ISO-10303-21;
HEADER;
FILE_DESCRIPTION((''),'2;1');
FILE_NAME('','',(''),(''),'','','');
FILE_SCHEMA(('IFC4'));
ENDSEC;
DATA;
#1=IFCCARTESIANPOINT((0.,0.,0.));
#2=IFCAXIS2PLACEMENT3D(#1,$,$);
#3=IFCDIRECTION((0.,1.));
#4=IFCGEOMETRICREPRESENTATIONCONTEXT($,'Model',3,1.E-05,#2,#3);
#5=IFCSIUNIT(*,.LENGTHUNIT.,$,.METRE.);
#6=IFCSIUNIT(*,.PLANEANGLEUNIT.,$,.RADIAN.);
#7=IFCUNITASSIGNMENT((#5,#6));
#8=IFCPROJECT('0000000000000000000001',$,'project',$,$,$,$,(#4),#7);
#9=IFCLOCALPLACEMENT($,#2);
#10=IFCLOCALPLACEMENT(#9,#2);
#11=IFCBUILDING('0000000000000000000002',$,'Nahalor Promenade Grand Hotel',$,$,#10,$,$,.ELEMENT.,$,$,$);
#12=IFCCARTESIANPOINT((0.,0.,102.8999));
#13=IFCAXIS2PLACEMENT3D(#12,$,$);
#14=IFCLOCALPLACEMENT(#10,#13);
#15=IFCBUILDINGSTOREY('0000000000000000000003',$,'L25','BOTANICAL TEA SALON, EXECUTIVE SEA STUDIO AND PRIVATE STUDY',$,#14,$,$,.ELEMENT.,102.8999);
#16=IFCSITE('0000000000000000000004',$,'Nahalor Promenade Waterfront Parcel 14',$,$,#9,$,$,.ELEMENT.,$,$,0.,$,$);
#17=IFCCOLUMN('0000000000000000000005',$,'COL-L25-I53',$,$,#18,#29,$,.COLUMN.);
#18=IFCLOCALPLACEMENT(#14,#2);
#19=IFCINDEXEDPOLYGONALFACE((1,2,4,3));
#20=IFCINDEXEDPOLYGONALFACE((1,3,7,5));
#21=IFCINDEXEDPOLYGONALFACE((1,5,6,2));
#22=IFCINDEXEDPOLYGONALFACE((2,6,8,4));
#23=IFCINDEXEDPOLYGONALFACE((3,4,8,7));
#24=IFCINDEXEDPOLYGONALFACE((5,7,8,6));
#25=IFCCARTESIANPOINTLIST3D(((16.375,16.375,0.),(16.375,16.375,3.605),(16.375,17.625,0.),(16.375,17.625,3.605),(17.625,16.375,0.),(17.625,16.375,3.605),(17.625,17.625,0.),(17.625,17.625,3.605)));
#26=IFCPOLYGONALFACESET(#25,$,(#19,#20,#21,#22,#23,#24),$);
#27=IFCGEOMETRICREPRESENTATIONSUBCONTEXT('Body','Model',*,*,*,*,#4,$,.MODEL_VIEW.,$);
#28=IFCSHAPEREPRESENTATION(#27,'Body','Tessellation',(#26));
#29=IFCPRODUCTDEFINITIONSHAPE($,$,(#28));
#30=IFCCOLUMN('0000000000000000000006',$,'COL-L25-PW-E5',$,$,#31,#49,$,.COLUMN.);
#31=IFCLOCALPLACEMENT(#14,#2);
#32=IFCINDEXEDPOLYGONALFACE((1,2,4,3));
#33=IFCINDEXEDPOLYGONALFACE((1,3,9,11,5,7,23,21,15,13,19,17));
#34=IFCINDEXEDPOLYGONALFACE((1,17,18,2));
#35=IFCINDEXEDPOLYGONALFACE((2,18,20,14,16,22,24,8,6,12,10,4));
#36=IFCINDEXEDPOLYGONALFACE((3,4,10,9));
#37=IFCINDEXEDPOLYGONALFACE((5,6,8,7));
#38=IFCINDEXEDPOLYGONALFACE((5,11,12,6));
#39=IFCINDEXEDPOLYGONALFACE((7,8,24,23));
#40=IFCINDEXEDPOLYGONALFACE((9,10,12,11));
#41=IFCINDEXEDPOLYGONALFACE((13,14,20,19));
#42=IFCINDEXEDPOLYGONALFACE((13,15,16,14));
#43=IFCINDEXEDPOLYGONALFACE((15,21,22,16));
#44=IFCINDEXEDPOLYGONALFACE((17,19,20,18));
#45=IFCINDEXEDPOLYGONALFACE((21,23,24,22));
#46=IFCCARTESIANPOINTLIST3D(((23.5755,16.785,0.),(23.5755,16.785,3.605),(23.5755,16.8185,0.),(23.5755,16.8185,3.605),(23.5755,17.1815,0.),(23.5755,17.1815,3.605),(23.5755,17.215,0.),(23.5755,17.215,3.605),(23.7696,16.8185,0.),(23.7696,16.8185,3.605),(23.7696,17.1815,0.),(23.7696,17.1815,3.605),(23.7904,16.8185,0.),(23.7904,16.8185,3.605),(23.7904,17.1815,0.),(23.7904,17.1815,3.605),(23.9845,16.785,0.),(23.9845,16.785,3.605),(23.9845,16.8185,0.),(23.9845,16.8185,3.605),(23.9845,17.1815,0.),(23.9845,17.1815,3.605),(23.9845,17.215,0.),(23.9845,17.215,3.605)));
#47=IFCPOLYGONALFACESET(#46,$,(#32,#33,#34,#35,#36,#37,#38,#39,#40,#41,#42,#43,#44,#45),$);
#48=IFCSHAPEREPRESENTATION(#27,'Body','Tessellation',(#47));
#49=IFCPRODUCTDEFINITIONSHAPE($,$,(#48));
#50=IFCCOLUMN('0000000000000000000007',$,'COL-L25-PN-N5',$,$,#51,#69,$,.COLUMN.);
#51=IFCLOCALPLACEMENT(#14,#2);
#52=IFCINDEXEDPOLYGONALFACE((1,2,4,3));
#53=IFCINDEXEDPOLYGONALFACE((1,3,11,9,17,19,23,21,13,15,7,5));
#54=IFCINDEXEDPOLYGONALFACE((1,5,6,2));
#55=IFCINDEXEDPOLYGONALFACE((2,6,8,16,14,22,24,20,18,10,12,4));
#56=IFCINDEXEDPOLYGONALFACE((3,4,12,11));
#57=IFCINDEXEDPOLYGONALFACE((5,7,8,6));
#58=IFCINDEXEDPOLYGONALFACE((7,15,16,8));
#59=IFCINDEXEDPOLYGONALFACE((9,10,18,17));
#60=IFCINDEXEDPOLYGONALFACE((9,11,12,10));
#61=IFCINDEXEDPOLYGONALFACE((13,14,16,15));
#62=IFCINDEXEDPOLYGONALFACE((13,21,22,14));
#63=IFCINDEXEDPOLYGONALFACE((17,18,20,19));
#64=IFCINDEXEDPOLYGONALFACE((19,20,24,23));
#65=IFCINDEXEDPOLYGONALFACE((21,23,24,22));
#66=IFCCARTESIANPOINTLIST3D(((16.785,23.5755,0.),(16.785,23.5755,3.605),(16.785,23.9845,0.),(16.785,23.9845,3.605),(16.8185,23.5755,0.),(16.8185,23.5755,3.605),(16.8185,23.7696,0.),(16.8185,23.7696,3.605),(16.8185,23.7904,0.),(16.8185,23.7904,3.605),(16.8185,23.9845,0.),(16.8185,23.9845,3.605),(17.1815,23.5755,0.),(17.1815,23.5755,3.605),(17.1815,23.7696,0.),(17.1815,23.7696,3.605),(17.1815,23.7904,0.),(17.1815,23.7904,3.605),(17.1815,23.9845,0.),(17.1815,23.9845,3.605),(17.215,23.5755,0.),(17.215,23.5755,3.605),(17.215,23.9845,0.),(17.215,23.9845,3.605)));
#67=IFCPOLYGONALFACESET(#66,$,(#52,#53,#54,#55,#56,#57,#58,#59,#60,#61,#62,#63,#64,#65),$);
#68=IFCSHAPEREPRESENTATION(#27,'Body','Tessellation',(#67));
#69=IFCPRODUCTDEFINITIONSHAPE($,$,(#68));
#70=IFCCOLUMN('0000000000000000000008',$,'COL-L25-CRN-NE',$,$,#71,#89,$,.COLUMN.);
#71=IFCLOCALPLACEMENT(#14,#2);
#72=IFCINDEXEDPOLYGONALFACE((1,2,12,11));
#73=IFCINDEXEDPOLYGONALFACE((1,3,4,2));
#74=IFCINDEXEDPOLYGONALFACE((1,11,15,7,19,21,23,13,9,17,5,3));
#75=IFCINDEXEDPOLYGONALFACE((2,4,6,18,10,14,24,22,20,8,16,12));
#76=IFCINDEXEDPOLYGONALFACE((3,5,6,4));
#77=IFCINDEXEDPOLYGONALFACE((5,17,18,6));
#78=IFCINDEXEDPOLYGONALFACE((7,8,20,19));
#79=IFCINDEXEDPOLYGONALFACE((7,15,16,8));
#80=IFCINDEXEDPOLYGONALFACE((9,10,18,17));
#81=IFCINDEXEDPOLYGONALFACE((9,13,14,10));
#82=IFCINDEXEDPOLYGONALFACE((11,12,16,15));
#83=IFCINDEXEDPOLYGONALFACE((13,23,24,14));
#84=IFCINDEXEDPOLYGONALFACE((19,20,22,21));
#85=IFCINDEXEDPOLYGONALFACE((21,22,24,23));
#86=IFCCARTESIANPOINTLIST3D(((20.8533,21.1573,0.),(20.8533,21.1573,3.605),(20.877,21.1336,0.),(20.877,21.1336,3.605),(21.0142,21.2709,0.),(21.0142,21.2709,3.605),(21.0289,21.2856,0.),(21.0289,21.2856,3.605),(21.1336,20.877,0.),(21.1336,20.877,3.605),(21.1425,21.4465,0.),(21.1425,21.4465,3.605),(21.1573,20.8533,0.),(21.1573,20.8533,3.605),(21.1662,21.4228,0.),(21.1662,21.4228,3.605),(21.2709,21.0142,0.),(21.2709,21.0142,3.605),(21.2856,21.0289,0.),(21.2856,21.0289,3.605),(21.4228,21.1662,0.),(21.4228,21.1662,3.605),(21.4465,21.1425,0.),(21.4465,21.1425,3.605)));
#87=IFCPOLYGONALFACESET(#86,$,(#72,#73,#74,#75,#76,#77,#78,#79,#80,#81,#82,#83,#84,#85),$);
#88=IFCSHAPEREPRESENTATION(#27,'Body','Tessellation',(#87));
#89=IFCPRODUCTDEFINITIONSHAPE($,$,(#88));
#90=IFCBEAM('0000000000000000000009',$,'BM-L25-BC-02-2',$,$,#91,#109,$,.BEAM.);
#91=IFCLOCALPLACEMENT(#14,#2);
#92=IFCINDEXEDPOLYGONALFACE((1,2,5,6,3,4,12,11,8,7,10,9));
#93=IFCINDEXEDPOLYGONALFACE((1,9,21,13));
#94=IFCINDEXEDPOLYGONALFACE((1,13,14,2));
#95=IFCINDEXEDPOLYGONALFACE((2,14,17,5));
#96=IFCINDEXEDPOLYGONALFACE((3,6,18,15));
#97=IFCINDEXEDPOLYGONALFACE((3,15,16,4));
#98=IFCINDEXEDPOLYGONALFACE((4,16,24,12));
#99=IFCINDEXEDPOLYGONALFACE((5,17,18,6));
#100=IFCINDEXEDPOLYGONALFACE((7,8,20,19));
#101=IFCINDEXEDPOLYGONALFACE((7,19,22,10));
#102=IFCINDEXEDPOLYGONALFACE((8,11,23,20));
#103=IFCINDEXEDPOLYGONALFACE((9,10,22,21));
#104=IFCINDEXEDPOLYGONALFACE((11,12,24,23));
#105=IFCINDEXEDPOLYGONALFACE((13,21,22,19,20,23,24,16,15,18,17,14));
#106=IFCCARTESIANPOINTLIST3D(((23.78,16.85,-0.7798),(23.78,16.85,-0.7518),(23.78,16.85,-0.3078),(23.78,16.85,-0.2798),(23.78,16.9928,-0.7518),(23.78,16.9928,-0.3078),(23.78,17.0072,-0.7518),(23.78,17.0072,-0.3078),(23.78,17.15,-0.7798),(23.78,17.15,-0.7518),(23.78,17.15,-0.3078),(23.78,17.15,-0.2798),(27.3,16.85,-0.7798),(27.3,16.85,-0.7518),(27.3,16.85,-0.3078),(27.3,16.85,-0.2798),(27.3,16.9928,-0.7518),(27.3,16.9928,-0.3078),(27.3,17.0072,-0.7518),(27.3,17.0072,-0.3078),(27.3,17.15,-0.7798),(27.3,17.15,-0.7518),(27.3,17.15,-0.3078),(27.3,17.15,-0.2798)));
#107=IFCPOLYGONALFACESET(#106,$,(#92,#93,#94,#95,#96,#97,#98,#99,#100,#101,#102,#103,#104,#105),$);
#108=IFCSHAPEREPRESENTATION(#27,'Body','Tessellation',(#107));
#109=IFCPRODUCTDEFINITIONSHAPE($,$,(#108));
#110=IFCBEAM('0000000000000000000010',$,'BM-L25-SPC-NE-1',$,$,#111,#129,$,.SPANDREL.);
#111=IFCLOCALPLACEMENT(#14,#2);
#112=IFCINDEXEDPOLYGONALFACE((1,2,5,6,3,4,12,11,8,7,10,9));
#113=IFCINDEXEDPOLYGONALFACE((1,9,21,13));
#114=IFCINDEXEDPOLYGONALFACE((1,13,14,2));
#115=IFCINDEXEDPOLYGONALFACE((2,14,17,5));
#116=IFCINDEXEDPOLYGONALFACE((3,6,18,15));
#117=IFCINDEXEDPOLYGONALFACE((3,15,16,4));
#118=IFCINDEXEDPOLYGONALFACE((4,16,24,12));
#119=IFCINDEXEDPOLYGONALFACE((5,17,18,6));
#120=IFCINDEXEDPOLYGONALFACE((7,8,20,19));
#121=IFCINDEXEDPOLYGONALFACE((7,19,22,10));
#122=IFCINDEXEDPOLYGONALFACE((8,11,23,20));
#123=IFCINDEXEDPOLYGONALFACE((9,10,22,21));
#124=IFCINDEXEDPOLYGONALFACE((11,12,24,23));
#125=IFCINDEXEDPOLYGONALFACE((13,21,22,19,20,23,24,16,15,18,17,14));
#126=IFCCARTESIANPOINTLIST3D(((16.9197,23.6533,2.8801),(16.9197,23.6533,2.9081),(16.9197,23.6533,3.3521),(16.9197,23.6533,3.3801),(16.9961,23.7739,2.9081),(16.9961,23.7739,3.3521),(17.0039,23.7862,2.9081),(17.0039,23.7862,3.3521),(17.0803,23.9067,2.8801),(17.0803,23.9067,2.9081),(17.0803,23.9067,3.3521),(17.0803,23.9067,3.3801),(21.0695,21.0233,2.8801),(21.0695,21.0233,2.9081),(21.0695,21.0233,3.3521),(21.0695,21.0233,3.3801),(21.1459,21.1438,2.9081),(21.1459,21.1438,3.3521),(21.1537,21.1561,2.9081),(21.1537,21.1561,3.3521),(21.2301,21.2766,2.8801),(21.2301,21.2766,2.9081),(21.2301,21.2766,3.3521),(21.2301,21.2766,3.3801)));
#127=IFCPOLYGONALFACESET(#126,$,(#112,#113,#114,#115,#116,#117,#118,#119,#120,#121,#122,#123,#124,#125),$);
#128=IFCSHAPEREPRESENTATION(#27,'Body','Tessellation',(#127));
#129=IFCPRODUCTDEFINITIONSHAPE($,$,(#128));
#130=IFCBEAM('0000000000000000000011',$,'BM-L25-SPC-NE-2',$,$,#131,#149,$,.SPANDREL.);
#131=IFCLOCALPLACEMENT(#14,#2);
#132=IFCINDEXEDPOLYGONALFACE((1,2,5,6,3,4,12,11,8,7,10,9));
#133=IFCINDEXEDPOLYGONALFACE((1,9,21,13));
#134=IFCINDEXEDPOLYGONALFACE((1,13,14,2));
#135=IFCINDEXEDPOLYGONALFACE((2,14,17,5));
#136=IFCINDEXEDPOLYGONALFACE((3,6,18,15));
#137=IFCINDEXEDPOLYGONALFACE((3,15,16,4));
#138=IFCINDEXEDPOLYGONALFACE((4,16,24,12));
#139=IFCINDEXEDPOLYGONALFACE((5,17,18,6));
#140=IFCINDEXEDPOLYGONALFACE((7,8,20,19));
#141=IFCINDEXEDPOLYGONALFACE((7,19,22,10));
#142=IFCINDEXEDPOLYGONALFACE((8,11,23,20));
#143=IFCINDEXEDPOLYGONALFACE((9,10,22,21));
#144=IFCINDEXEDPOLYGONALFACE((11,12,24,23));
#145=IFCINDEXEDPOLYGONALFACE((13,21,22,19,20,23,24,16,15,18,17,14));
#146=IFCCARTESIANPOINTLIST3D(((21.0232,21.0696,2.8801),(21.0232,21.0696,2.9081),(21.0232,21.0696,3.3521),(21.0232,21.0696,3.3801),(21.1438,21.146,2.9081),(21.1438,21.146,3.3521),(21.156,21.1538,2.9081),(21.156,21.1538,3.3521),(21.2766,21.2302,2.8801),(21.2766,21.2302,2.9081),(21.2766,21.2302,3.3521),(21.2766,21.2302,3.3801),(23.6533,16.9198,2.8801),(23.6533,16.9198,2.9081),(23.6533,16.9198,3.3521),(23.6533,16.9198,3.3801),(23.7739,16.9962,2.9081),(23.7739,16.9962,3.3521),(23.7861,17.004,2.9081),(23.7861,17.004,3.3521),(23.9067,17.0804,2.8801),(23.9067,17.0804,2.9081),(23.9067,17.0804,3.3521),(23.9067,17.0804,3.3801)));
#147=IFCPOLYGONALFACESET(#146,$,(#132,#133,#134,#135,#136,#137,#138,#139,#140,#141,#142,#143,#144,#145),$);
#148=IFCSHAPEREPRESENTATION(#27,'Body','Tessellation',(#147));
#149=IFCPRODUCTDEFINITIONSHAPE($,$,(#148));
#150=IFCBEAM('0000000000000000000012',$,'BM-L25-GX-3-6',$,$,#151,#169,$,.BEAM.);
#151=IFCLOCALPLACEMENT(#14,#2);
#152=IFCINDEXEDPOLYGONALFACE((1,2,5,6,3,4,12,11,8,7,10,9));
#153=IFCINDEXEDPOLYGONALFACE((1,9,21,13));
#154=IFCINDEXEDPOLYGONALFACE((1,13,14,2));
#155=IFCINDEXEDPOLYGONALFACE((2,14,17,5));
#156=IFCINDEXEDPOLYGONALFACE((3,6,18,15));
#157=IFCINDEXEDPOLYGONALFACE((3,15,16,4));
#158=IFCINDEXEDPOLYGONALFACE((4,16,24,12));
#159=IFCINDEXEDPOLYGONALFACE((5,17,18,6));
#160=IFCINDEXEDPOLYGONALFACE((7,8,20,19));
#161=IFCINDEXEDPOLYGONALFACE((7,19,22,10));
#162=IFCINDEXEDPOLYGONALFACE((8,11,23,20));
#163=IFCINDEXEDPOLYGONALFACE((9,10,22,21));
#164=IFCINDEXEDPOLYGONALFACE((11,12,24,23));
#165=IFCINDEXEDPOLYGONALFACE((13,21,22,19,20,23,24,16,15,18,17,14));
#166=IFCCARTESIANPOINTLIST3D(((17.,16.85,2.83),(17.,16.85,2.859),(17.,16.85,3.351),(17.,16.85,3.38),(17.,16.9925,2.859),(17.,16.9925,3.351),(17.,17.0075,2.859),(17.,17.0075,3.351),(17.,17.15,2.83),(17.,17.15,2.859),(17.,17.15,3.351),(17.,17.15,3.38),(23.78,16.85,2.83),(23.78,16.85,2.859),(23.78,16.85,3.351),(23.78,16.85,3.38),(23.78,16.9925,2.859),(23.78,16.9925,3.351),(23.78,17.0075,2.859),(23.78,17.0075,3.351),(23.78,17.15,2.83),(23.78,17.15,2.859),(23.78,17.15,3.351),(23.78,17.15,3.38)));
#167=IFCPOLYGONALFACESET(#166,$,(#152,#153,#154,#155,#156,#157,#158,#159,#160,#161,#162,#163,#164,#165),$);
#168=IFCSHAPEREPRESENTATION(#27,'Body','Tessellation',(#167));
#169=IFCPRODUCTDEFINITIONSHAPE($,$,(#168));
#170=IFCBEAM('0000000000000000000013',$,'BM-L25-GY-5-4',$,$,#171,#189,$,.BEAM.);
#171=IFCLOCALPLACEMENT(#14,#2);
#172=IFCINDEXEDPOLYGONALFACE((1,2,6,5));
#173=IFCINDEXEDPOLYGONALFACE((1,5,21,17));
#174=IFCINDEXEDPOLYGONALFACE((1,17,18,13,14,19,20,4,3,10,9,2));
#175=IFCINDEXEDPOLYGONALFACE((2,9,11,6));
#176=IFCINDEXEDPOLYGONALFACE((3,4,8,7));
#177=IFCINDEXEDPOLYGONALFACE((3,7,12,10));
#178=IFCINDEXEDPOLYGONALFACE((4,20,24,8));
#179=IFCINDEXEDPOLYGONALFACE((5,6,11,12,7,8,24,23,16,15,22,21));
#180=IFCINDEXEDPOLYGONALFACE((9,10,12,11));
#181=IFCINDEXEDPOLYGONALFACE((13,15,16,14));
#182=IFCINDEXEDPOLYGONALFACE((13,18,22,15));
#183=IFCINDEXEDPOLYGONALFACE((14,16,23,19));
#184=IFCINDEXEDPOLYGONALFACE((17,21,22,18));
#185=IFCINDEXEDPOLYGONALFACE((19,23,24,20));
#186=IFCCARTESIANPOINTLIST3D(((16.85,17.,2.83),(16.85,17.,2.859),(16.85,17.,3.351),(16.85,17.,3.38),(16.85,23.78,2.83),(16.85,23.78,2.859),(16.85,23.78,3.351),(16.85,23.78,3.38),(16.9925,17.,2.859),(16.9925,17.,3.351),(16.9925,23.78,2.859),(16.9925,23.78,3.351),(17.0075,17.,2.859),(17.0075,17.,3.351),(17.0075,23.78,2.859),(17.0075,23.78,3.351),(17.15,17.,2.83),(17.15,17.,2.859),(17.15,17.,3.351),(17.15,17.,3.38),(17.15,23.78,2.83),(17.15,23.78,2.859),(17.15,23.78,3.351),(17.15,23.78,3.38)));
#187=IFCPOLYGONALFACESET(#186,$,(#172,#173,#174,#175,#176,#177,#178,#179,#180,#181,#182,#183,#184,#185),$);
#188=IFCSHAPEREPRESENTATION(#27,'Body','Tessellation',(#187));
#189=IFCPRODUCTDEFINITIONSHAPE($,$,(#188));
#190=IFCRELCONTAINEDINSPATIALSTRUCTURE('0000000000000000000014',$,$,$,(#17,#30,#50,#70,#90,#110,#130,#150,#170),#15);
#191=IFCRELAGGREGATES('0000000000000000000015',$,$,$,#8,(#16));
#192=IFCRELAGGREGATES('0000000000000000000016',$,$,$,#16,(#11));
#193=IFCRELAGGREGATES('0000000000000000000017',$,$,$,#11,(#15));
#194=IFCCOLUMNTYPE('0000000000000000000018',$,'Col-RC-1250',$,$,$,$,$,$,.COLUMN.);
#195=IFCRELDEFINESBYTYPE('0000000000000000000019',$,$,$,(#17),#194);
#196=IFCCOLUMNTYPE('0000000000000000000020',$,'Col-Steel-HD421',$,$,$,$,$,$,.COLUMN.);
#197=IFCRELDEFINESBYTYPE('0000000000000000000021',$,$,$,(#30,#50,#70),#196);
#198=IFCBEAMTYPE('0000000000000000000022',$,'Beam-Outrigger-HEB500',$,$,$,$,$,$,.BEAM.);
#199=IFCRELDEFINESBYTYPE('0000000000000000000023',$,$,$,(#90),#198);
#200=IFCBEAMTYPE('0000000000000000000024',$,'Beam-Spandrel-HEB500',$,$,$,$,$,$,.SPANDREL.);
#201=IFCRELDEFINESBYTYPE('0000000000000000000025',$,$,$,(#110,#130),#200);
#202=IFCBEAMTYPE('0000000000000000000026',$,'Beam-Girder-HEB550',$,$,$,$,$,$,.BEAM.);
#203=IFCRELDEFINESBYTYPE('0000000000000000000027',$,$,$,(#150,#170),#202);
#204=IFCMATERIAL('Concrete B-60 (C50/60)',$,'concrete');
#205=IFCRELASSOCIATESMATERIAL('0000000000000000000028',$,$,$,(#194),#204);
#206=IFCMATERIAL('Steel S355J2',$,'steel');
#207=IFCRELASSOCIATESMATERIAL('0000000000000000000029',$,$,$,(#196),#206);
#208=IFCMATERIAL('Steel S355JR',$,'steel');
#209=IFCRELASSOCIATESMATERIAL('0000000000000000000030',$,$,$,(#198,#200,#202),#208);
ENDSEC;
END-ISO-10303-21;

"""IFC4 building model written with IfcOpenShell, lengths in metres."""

from ifc_helpers import new_model, si_unit, direction, frame, origin, origin_2d, place, context, subcontext, project, spatial, rectangle, i_section, extrude, source, transform, mapped, material, material_profile, profile_set, type_object, element, save


model = new_model("IFC4")

# Units and contexts
model_context = context("Model", 3, precision=1e-05, world=origin(), true_north=direction((0.0, 1.0)))
body_context = subcontext(model_context, "Body", "Model", "MODEL_VIEW")
ifc_project = project(units=[si_unit("LENGTHUNIT", "METRE"), si_unit("PLANEANGLEUNIT", "RADIAN")], contexts=[model_context])

# Site, building, storey
site_placement = place(None, origin())
site = spatial("IfcSite", under=ifc_project, at=site_placement, Name="Nahalor Promenade Waterfront Parcel 14", CompositionType="ELEMENT", RefElevation=0.0)
building_placement = place(site_placement, origin())
building = spatial("IfcBuilding", under=site, at=building_placement, Name="Nahalor Promenade Grand Hotel", CompositionType="ELEMENT")
storey_placement = place(building_placement, frame((0.0, 0.0, 102.8999)))
storey = spatial("IfcBuildingStorey", under=building, at=storey_placement, Name="L25", Description="BOTANICAL TEA SALON, EXECUTIVE SEA STUDIO AND PRIVATE STUDY", CompositionType="ELEMENT", Elevation=102.8999)

# Columns
ifc_material_1 = material(Name="Concrete B-60 (C50/60)", Category="concrete")
ifc_material_profile_1 = material_profile(ifc_material_1, rectangle(XDim=1.25, YDim=1.25, at=origin_2d()), Name="RC 1250x1250")
ifc_profile_set_1 = profile_set([ifc_material_profile_1], Name="Concrete B-60 (C50/60)")
column_type_1 = type_object("IfcColumnType", Name="Col-RC-1250", PredefinedType="COLUMN", material=ifc_profile_set_1)
shared_shape_1 = source(origin(), body_context, "Body", "SweptSolid", [
    extrude(rectangle(XDim=1.25, YDim=1.25, at=origin_2d()), origin(), (0.0, 0.0, 1.0), 3.605),
])
column_placement = place(storey_placement, frame((17.0, 17.0, 0.0), z_axis=(0.0, 0.0, 1.0), x_axis=(1.0, 0.0, 0.0)))
element("IfcColumn", 1, at=column_placement, inside=storey, type_object=column_type_1, Name="COL-L25-I53", PredefinedType="COLUMN", context=body_context, shape_type="MappedRepresentation", body=[
    mapped(shared_shape_1, transform((0.0, 0.0, 0.0), scale=1.0)),
])
ifc_material_2 = material(Name="Steel S355J2", Category="steel")
ifc_material_profile_2 = material_profile(ifc_material_2, i_section(OverallWidth=0.409, OverallDepth=0.43, WebThickness=0.0208, FlangeThickness=0.0335, at=origin_2d()), Name="HD 400x421")
ifc_profile_set_2 = profile_set([ifc_material_profile_2], Name="Steel S355J2")
column_type_2 = type_object("IfcColumnType", Name="Col-Steel-HD421", PredefinedType="COLUMN", material=ifc_profile_set_2)
shared_shape_2 = source(origin(), body_context, "Body", "SweptSolid", [
    extrude(i_section(OverallWidth=0.409, OverallDepth=0.43, WebThickness=0.0208, FlangeThickness=0.0335, at=origin_2d()), origin(), (0.0, 0.0, 1.0), 3.605),
])
for number, where, z_axis, x_axis, name in (
    (2, (23.78, 17.0, 0.0), (0.0, 0.0, 1.0), (1.0, 0.0, 0.0), "COL-L25-PW-E5"),
    (3, (17.0, 23.78, 0.0), (0.0, 0.0, 1.0), (0.0, 1.0, 0.0), "COL-L25-PN-N5"),
    (4, (21.1499, 21.1499, 0.0), (0.0, 0.0, 1.0), (0.707107, 0.707107, 0.0), "COL-L25-CRN-NE"),
):
    element("IfcColumn", number, at=place(storey_placement, frame(where, z_axis=z_axis, x_axis=x_axis)), inside=storey, type_object=column_type_2, Name=name, PredefinedType="COLUMN", context=body_context, shape_type="MappedRepresentation", body=[
        mapped(shared_shape_2, transform((0.0, 0.0, 0.0), scale=1.0)),
    ])

# Beams
ifc_material_3 = material(Name="Steel S355JR", Category="steel")
ifc_material_profile_3 = material_profile(ifc_material_3, i_section(OverallWidth=0.3, OverallDepth=0.5, WebThickness=0.0145, FlangeThickness=0.028, at=origin_2d()), Name="HEB 500")
ifc_profile_set_3 = profile_set([ifc_material_profile_3], Name="Steel S355JR")
beam_type_1 = type_object("IfcBeamType", Name="Beam-Outrigger-HEB500", PredefinedType="BEAM", material=ifc_profile_set_3)
shared_shape_3 = source(origin(), body_context, "Body", "SweptSolid", [
    extrude(i_section(OverallWidth=0.3, OverallDepth=0.5, WebThickness=0.0145, FlangeThickness=0.028, at=origin_2d()), origin(), (0.0, 0.0, 1.0), 3.52),
])
beam_placement = place(storey_placement, frame((23.78, 17.0, -0.5298), z_axis=(1.0, 0.0, 0.0), x_axis=(0.0, 1.0, 0.0)))
element("IfcBeam", 5, at=beam_placement, inside=storey, type_object=beam_type_1, Name="BM-L25-BC-02-2", PredefinedType="BEAM", context=body_context, shape_type="MappedRepresentation", body=[
    mapped(shared_shape_3, transform((0.0, 0.0, 0.0), scale=1.0)),
])
ifc_material_profile_4 = material_profile(ifc_material_3, i_section(OverallWidth=0.3, OverallDepth=0.5, WebThickness=0.0145, FlangeThickness=0.028, at=origin_2d()), Name="HEB 500")
ifc_profile_set_4 = profile_set([ifc_material_profile_4], Name="Steel S355JR")
beam_type_2 = type_object("IfcBeamType", Name="Beam-Spandrel-HEB500", PredefinedType="SPANDREL", material=ifc_profile_set_4)
shared_shape_4 = source(origin(), body_context, "Body", "SweptSolid", [
    extrude(i_section(OverallWidth=0.3, OverallDepth=0.5, WebThickness=0.0145, FlangeThickness=0.028, at=origin_2d()), origin(), (0.0, 0.0, 1.0), 4.9131),
])
for number, where, z_axis, x_axis, name in (
    (6, (17.0, 23.78, 3.1301), (0.844648, -0.535322, 0.0), (0.535322, 0.844648, 0.0), "BM-L25-SPC-NE-1"),
    (7, (21.1499, 21.1499, 3.1301), (0.535322, -0.844648, 0.0), (0.844648, 0.535322, 0.0), "BM-L25-SPC-NE-2"),
):
    element("IfcBeam", number, at=place(storey_placement, frame(where, z_axis=z_axis, x_axis=x_axis)), inside=storey, type_object=beam_type_2, Name=name, PredefinedType="SPANDREL", context=body_context, shape_type="MappedRepresentation", body=[
        mapped(shared_shape_4, transform((0.0, 0.0, 0.0), scale=1.0)),
    ])
ifc_material_profile_5 = material_profile(ifc_material_3, i_section(OverallWidth=0.3, OverallDepth=0.55, WebThickness=0.015, FlangeThickness=0.029, at=origin_2d()), Name="HEB 550")
ifc_profile_set_5 = profile_set([ifc_material_profile_5], Name="Steel S355JR")
beam_type_3 = type_object("IfcBeamType", Name="Beam-Girder-HEB550", PredefinedType="BEAM", material=ifc_profile_set_5)
shared_shape_5 = source(origin(), body_context, "Body", "SweptSolid", [
    extrude(i_section(OverallWidth=0.3, OverallDepth=0.55, WebThickness=0.015, FlangeThickness=0.029, at=origin_2d()), origin(), (0.0, 0.0, 1.0), 6.78),
])
for number, where, z_axis, x_axis, name in (
    (8, (17.0, 17.0, 3.105), (1.0, 0.0, 0.0), (0.0, 1.0, 0.0), "BM-L25-GX-3-6"),
    (9, (17.0, 17.0, 3.105), (0.0, 1.0, 0.0), (-1.0, 0.0, 0.0), "BM-L25-GY-5-4"),
):
    element("IfcBeam", number, at=place(storey_placement, frame(where, z_axis=z_axis, x_axis=x_axis)), inside=storey, type_object=beam_type_3, Name=name, PredefinedType="BEAM", context=body_context, shape_type="MappedRepresentation", body=[
        mapped(shared_shape_5, transform((0.0, 0.0, 0.0), scale=1.0)),
    ])

save(model, "model.ifc")
